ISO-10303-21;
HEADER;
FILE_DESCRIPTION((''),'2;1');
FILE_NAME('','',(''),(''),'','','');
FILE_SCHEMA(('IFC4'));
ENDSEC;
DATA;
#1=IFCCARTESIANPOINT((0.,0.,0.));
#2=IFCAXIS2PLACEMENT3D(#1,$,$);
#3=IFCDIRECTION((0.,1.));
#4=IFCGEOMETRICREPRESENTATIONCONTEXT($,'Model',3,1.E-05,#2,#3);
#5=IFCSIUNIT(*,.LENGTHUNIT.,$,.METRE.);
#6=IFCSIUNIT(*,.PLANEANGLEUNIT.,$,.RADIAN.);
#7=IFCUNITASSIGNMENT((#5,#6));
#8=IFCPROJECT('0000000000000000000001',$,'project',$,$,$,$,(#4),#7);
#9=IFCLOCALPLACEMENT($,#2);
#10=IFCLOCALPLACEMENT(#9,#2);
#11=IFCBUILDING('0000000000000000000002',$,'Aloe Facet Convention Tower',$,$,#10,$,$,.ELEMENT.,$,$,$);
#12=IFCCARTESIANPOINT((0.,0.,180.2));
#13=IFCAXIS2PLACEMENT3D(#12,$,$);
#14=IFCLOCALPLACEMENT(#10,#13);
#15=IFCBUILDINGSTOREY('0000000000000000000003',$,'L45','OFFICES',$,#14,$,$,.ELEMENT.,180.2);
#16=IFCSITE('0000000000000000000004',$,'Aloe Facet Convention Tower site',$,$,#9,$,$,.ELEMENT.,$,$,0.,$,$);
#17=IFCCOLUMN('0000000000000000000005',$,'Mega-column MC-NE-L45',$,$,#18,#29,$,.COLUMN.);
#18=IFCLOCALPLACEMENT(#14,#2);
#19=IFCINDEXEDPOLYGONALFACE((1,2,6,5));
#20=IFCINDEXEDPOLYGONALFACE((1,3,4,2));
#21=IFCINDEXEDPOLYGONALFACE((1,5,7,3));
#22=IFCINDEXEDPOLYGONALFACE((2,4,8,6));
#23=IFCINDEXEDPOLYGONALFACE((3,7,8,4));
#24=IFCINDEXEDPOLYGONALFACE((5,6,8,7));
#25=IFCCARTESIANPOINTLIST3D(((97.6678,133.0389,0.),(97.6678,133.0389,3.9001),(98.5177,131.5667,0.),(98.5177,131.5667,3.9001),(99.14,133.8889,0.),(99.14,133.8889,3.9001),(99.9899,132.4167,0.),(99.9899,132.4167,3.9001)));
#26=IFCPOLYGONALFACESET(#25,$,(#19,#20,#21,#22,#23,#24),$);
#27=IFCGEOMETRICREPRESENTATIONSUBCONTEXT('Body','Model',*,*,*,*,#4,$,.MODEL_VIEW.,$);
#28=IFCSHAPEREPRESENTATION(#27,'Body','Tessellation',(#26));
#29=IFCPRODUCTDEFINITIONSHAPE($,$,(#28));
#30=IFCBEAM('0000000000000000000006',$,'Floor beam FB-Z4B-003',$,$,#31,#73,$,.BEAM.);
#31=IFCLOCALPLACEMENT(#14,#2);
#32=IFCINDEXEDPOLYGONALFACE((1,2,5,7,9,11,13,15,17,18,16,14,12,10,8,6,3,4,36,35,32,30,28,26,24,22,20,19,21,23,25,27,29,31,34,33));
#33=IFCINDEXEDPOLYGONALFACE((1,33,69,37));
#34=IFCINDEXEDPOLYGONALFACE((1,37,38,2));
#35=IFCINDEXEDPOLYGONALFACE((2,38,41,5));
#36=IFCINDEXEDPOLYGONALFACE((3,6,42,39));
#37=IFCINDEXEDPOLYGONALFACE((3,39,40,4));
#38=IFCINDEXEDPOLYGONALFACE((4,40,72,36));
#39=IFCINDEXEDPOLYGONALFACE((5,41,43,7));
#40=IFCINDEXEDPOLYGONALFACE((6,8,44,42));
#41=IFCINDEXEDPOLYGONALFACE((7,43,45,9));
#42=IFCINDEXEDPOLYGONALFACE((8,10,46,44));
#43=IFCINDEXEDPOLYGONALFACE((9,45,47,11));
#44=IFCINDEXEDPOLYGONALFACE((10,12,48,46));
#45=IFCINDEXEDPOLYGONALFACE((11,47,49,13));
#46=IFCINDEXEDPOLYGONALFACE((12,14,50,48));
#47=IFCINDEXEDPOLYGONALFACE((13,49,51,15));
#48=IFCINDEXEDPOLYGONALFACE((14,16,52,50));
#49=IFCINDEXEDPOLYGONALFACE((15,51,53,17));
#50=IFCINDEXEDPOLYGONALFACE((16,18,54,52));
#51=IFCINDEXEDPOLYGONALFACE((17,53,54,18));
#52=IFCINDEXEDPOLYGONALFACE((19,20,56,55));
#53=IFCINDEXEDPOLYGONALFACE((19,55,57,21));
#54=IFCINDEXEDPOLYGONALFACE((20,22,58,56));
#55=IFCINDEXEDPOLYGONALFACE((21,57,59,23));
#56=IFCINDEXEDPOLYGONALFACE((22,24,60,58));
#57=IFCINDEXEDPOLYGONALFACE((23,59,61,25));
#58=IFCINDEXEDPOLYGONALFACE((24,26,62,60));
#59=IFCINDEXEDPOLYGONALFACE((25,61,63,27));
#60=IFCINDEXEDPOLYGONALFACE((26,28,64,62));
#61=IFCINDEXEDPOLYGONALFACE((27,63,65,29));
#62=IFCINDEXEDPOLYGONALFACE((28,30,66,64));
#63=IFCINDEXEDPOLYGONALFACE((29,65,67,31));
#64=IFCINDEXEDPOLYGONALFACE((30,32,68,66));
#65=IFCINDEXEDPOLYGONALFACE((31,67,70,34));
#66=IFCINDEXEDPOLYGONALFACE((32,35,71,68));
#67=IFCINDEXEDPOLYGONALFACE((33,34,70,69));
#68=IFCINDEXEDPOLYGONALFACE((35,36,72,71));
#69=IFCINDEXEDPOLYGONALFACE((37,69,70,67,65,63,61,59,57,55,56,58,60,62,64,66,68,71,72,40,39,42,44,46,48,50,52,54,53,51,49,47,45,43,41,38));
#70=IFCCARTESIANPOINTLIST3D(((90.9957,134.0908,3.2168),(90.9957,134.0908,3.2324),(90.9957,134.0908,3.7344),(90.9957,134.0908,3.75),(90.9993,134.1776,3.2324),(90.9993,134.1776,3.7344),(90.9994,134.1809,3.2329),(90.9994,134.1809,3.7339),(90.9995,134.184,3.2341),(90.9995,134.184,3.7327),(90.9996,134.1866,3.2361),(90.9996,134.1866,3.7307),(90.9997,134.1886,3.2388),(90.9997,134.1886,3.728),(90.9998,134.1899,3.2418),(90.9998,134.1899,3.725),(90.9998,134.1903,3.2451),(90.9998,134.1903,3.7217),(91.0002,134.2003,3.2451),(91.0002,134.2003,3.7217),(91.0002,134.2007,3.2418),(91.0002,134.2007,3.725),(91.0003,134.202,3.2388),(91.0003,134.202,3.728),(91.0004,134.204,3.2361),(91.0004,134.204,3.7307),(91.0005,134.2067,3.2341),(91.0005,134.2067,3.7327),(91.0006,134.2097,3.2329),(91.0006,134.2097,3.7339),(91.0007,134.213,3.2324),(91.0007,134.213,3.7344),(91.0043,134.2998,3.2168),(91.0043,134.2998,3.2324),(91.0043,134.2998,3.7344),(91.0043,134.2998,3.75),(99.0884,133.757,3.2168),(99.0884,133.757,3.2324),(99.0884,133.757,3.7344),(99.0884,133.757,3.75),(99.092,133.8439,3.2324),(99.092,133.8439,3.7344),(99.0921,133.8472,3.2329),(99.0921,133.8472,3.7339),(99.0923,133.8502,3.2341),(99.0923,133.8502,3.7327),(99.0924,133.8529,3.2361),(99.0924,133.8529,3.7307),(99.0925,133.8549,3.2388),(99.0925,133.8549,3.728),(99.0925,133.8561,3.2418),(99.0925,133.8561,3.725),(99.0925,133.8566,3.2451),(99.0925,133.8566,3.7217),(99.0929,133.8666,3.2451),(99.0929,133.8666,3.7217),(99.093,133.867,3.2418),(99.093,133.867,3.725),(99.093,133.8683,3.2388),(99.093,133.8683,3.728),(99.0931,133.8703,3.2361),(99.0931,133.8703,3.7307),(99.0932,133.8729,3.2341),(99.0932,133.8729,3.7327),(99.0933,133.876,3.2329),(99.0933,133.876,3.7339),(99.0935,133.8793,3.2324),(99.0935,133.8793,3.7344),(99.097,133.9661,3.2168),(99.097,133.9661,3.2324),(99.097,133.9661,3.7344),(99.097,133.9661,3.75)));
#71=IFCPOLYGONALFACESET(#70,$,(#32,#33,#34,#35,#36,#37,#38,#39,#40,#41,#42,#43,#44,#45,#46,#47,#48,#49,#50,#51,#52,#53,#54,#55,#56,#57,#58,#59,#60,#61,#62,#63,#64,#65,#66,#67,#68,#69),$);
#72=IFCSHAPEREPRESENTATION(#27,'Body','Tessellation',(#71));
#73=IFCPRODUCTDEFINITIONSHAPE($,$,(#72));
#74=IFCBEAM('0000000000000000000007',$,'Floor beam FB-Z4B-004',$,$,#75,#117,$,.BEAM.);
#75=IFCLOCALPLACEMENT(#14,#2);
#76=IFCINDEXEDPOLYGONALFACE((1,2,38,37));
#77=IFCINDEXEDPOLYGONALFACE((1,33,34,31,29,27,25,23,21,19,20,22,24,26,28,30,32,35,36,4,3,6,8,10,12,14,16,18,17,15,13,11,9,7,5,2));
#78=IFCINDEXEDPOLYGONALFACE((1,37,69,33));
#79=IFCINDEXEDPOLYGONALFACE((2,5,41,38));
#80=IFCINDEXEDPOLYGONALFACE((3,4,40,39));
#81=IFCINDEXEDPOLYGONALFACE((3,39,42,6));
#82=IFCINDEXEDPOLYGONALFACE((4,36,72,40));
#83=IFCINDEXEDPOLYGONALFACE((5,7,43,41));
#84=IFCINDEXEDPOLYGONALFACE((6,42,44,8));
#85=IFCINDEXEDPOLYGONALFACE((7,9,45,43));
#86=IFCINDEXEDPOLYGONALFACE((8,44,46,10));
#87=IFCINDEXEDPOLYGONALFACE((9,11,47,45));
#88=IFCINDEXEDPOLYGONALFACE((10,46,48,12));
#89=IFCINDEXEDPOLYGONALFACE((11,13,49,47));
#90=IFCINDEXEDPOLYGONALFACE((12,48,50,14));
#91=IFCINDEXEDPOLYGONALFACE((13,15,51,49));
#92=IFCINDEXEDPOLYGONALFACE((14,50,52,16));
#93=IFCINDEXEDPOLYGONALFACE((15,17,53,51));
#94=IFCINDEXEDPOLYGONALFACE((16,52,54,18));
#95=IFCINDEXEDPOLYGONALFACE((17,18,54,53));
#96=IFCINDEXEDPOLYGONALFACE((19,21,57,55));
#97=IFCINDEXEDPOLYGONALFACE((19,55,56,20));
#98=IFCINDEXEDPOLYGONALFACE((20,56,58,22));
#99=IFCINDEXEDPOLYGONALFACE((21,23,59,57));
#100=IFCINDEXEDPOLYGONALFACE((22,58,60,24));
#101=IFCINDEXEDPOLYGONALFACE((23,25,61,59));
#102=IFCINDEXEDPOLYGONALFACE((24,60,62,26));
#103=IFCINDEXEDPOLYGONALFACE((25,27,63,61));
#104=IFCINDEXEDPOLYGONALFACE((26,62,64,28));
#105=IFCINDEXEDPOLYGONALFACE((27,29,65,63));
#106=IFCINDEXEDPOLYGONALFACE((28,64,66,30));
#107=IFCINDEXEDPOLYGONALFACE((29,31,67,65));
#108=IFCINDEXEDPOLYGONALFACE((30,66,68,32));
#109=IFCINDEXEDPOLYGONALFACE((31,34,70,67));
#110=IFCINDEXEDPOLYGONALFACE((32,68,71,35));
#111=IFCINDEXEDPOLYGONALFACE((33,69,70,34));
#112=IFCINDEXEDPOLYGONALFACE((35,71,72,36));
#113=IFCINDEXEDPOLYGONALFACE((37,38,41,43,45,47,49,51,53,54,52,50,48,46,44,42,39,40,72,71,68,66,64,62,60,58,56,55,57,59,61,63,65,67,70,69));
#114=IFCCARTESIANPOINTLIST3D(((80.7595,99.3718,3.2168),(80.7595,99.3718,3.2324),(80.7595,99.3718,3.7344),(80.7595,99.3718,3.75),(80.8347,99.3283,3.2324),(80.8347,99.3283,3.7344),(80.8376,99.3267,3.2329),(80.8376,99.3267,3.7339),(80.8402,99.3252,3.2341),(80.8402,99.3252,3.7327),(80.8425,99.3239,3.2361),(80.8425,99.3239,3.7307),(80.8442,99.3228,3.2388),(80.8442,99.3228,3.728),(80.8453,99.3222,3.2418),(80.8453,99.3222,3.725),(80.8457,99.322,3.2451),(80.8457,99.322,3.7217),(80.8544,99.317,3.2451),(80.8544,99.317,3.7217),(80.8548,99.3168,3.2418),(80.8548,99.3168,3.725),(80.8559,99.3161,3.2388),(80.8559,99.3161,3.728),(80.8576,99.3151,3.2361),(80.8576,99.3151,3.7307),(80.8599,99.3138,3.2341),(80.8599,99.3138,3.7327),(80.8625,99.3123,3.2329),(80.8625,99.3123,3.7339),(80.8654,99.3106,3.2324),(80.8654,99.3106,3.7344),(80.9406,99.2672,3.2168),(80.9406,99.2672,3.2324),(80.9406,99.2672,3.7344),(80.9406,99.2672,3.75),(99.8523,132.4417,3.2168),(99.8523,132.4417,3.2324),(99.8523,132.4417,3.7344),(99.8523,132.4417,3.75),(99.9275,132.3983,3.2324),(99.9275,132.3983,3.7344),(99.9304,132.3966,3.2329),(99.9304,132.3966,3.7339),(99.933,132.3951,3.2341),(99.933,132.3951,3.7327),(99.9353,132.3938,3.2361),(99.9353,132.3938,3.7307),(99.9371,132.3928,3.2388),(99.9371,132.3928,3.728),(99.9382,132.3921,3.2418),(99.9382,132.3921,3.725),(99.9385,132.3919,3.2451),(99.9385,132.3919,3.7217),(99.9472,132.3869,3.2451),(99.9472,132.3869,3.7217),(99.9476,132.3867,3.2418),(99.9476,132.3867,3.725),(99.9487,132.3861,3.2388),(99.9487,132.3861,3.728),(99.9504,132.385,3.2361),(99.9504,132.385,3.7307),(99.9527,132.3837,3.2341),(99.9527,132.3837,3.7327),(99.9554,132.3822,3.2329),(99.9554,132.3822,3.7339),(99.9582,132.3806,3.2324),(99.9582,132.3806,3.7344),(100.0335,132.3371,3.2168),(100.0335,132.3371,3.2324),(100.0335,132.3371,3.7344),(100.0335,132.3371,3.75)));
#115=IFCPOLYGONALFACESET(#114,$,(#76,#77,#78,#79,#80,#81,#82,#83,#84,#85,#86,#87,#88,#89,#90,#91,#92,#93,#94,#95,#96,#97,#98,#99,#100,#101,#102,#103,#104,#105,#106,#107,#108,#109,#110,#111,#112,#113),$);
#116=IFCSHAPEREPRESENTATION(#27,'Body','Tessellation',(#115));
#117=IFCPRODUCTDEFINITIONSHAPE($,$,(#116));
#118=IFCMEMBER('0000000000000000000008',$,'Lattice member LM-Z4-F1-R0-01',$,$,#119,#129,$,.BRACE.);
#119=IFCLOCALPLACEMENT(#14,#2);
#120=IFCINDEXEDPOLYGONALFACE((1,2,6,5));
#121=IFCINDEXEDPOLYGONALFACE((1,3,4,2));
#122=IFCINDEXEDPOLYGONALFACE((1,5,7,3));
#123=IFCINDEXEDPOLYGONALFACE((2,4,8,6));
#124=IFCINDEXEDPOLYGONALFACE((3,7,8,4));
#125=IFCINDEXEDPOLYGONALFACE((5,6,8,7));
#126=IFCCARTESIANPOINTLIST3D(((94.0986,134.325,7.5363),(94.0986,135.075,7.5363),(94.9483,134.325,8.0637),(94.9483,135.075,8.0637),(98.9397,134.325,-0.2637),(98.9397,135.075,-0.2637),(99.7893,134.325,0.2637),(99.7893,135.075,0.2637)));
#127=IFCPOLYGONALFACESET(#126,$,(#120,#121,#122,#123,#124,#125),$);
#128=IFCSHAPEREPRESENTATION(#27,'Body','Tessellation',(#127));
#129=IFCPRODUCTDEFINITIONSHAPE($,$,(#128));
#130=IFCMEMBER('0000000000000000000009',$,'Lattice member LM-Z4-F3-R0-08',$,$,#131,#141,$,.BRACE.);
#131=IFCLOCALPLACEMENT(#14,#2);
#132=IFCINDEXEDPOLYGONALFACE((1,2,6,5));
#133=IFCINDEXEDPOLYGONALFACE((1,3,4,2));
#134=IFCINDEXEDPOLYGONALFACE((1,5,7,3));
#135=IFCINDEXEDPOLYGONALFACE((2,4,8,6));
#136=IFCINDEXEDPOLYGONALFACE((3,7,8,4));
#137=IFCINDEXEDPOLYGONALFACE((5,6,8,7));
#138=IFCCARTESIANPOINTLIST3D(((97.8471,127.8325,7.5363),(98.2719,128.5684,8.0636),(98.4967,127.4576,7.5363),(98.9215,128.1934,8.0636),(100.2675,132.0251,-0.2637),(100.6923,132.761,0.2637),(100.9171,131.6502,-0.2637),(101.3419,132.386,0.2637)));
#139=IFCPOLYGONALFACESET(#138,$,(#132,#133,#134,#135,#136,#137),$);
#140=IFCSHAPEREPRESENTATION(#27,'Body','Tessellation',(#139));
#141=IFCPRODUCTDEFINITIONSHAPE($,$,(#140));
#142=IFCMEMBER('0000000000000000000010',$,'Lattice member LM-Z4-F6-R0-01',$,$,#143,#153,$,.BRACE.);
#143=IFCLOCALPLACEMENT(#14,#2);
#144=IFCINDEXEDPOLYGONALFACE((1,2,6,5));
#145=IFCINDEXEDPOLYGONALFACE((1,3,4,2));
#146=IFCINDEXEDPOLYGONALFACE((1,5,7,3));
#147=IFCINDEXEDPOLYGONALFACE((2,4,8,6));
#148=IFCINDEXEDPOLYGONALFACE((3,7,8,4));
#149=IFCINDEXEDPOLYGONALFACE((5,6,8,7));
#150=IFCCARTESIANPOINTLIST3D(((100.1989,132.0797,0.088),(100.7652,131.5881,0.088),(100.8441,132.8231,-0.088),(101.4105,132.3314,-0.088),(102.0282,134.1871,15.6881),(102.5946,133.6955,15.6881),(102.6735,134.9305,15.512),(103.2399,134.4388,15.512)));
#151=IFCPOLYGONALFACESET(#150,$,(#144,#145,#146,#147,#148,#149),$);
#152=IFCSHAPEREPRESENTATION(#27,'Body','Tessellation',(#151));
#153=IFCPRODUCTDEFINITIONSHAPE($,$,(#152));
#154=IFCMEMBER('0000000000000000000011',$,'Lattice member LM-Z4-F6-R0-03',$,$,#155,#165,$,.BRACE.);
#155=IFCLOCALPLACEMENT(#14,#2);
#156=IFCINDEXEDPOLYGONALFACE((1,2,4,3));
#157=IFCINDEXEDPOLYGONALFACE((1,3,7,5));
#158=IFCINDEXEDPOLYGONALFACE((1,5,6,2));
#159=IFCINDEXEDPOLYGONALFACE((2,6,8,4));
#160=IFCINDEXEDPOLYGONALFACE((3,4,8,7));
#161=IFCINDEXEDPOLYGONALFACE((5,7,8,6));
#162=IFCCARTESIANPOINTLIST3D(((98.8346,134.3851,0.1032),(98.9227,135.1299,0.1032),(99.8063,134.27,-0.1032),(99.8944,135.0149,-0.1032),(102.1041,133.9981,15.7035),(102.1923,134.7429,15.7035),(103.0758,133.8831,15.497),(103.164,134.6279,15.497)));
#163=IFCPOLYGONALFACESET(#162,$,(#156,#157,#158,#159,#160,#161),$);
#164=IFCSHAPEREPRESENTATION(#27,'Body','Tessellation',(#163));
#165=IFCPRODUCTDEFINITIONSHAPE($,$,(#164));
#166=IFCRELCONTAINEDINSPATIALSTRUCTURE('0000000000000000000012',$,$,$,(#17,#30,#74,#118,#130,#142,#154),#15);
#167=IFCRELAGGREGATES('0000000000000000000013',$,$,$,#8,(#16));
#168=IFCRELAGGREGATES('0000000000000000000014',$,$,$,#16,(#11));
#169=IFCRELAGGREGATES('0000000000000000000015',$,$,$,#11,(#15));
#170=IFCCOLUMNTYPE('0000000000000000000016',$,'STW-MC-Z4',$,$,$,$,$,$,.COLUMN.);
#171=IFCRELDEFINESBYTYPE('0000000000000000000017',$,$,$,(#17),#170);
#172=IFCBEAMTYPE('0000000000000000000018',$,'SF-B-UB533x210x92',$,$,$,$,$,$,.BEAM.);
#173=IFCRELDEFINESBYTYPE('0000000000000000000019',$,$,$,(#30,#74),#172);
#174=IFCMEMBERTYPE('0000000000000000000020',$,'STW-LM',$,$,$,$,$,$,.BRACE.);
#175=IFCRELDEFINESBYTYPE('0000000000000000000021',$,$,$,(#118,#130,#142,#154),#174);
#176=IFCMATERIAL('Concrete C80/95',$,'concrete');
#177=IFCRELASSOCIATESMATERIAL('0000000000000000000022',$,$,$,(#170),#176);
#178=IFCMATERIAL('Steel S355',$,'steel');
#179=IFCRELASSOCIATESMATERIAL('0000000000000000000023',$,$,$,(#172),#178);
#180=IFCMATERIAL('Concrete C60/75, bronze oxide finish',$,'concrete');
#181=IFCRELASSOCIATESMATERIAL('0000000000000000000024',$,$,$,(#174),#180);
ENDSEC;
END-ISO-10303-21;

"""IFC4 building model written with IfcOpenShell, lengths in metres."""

from ifc_helpers import new_model, si_unit, direction, frame, origin, origin_2d, place, context, subcontext, project, spatial, rectangle, i_section, extrude, material, material_profile, profile_set, type_object, element, save


model = new_model("IFC4")

# Units and contexts
model_context = context("Model", 3, precision=1e-05, world=origin(), true_north=direction((0.0, 1.0)))
body_context = subcontext(model_context, "Body", "Model", "MODEL_VIEW")
ifc_project = project(units=[si_unit("LENGTHUNIT", "METRE"), si_unit("PLANEANGLEUNIT", "RADIAN")], contexts=[model_context])

# Site, building, storey
site_placement = place(None, origin())
site = spatial("IfcSite", under=ifc_project, at=site_placement, Name="Aloe Facet Convention Tower site", CompositionType="ELEMENT", RefElevation=0.0)
building_placement = place(site_placement, origin())
building = spatial("IfcBuilding", under=site, at=building_placement, Name="Aloe Facet Convention Tower", CompositionType="ELEMENT")
storey_placement = place(building_placement, frame((0.0, 0.0, 180.2)))
storey = spatial("IfcBuildingStorey", under=building, at=storey_placement, Name="L45", Description="OFFICES", CompositionType="ELEMENT", Elevation=180.2)

# Column
ifc_material_1 = material(Name="Concrete C80/95", Category="concrete")
ifc_material_profile_1 = material_profile(ifc_material_1, rectangle(XDim=1.7, YDim=1.7, at=origin_2d()), Name="STW-MC-Z4")
ifc_profile_set_1 = profile_set([ifc_material_profile_1], Name="Concrete C80/95")
column_type = type_object("IfcColumnType", Name="STW-MC-Z4", PredefinedType="COLUMN", material=ifc_profile_set_1)
column_placement = place(storey_placement, frame((98.8289, 132.7278, 0.0), z_axis=(0.0, 0.0, 1.0), x_axis=(-0.5, 0.866025, 0.0)))
element("IfcColumn", 1, at=column_placement, inside=storey, type_object=column_type, Name="Mega-column MC-NE-L45", PredefinedType="COLUMN", context=body_context, shape_type="SweptSolid", body=[
    extrude(rectangle(XDim=1.7, YDim=1.7, at=origin_2d()), origin(), (0.0, 0.0, 1.0), 3.9001),
])

# Beams
ifc_material_2 = material(Name="Steel S355", Category="steel")
ifc_material_profile_2 = material_profile(ifc_material_2, i_section(OverallWidth=0.2092, OverallDepth=0.5332, WebThickness=0.01, FlangeThickness=0.0156, FilletRadius=0.0127, at=origin_2d()), Name="UB 533x210x92")
ifc_profile_set_2 = profile_set([ifc_material_profile_2], Name="Steel S355")
beam_type = type_object("IfcBeamType", Name="SF-B-UB533x210x92", PredefinedType="BEAM", material=ifc_profile_set_2)
beam_1_placement = place(storey_placement, frame((91.0, 134.1953, 3.4834), z_axis=(0.999151, -0.041204, 0.0), x_axis=(0.041204, 0.999151, 0.0)))
element("IfcBeam", 2, at=beam_1_placement, inside=storey, type_object=beam_type, Name="Floor beam FB-Z4B-003", PredefinedType="BEAM", context=body_context, shape_type="SweptSolid", body=[
    extrude(i_section(OverallWidth=0.2092, OverallDepth=0.5332, WebThickness=0.01, FlangeThickness=0.0156, FilletRadius=0.0127, at=origin_2d()), origin(), (0.0, 0.0, 1.0), 8.0996),
])
beam_2_placement = place(storey_placement, frame((99.9429, 132.3894, 3.4834), z_axis=(-0.499998, -0.866027, 0.0), x_axis=(0.866027, -0.499998, 0.0)))
element("IfcBeam", 3, at=beam_2_placement, inside=storey, type_object=beam_type, Name="Floor beam FB-Z4B-004", PredefinedType="BEAM", context=body_context, shape_type="SweptSolid", body=[
    extrude(i_section(OverallWidth=0.2092, OverallDepth=0.5332, WebThickness=0.01, FlangeThickness=0.0156, FilletRadius=0.0127, at=origin_2d()), origin(), (0.0, 0.0, 1.0), 38.1858),
])

# Members
ifc_material_3 = material(Name="Concrete C60/75, bronze oxide finish", Category="concrete")
ifc_material_profile_3 = material_profile(ifc_material_3, rectangle(XDim=0.75, YDim=1.0, at=origin_2d()), Name="STW-LM")
ifc_profile_set_3 = profile_set([ifc_material_profile_3], Name="Concrete C60/75, bronze oxide finish")
member_type = type_object("IfcMemberType", Name="STW-LM", PredefinedType="BRACE", material=ifc_profile_set_3)
for number, where, z_axis, x_axis, name in (
    (4, (99.3645, 134.7, 0.0), (-0.527336, 0.0, 0.849657), (0.0, -1.0, 0.0), "Lattice member LM-Z4-F1-R0-01"),
    (5, (100.8047, 132.2056, 0.0), (-0.263654, -0.4567, 0.849654), (0.866044, -0.499968, 0.0), "Lattice member LM-Z4-F3-R0-08"),
):
    element("IfcMember", number, at=place(storey_placement, frame(where, z_axis=z_axis, x_axis=x_axis)), inside=storey, type_object=member_type, Name=name, PredefinedType="BRACE", context=body_context, shape_type="SweptSolid", body=[
        extrude(rectangle(XDim=0.75, YDim=1.0, at=origin_2d()), origin(), (0.0, 0.0, 1.0), 9.1802),
    ])
member_1_placement = place(storey_placement, frame((100.8047, 132.2056, 0.0), z_axis=(0.115433, 0.132979, 0.984374), x_axis=(-0.755172, 0.655527, 0.0)))
element("IfcMember", 6, at=member_1_placement, inside=storey, type_object=member_type, Name="Lattice member LM-Z4-F6-R0-01", PredefinedType="BRACE", context=body_context, shape_type="SweptSolid", body=[
    extrude(rectangle(XDim=0.75, YDim=1.0, at=origin_2d()), origin(), (0.0, 0.0, 1.0), 15.8477),
])
member_2_placement = place(storey_placement, frame((99.3645, 134.7, 0.0), z_axis=(0.205067, -0.024271, 0.978447), x_axis=(0.117534, 0.993069, 0.0)))
element("IfcMember", 7, at=member_2_placement, inside=storey, type_object=member_type, Name="Lattice member LM-Z4-F6-R0-03", PredefinedType="BRACE", context=body_context, shape_type="SweptSolid", body=[
    extrude(rectangle(XDim=0.75, YDim=1.0, at=origin_2d()), origin(), (0.0, 0.0, 1.0), 15.9438),
])

save(model, "model.ifc")
